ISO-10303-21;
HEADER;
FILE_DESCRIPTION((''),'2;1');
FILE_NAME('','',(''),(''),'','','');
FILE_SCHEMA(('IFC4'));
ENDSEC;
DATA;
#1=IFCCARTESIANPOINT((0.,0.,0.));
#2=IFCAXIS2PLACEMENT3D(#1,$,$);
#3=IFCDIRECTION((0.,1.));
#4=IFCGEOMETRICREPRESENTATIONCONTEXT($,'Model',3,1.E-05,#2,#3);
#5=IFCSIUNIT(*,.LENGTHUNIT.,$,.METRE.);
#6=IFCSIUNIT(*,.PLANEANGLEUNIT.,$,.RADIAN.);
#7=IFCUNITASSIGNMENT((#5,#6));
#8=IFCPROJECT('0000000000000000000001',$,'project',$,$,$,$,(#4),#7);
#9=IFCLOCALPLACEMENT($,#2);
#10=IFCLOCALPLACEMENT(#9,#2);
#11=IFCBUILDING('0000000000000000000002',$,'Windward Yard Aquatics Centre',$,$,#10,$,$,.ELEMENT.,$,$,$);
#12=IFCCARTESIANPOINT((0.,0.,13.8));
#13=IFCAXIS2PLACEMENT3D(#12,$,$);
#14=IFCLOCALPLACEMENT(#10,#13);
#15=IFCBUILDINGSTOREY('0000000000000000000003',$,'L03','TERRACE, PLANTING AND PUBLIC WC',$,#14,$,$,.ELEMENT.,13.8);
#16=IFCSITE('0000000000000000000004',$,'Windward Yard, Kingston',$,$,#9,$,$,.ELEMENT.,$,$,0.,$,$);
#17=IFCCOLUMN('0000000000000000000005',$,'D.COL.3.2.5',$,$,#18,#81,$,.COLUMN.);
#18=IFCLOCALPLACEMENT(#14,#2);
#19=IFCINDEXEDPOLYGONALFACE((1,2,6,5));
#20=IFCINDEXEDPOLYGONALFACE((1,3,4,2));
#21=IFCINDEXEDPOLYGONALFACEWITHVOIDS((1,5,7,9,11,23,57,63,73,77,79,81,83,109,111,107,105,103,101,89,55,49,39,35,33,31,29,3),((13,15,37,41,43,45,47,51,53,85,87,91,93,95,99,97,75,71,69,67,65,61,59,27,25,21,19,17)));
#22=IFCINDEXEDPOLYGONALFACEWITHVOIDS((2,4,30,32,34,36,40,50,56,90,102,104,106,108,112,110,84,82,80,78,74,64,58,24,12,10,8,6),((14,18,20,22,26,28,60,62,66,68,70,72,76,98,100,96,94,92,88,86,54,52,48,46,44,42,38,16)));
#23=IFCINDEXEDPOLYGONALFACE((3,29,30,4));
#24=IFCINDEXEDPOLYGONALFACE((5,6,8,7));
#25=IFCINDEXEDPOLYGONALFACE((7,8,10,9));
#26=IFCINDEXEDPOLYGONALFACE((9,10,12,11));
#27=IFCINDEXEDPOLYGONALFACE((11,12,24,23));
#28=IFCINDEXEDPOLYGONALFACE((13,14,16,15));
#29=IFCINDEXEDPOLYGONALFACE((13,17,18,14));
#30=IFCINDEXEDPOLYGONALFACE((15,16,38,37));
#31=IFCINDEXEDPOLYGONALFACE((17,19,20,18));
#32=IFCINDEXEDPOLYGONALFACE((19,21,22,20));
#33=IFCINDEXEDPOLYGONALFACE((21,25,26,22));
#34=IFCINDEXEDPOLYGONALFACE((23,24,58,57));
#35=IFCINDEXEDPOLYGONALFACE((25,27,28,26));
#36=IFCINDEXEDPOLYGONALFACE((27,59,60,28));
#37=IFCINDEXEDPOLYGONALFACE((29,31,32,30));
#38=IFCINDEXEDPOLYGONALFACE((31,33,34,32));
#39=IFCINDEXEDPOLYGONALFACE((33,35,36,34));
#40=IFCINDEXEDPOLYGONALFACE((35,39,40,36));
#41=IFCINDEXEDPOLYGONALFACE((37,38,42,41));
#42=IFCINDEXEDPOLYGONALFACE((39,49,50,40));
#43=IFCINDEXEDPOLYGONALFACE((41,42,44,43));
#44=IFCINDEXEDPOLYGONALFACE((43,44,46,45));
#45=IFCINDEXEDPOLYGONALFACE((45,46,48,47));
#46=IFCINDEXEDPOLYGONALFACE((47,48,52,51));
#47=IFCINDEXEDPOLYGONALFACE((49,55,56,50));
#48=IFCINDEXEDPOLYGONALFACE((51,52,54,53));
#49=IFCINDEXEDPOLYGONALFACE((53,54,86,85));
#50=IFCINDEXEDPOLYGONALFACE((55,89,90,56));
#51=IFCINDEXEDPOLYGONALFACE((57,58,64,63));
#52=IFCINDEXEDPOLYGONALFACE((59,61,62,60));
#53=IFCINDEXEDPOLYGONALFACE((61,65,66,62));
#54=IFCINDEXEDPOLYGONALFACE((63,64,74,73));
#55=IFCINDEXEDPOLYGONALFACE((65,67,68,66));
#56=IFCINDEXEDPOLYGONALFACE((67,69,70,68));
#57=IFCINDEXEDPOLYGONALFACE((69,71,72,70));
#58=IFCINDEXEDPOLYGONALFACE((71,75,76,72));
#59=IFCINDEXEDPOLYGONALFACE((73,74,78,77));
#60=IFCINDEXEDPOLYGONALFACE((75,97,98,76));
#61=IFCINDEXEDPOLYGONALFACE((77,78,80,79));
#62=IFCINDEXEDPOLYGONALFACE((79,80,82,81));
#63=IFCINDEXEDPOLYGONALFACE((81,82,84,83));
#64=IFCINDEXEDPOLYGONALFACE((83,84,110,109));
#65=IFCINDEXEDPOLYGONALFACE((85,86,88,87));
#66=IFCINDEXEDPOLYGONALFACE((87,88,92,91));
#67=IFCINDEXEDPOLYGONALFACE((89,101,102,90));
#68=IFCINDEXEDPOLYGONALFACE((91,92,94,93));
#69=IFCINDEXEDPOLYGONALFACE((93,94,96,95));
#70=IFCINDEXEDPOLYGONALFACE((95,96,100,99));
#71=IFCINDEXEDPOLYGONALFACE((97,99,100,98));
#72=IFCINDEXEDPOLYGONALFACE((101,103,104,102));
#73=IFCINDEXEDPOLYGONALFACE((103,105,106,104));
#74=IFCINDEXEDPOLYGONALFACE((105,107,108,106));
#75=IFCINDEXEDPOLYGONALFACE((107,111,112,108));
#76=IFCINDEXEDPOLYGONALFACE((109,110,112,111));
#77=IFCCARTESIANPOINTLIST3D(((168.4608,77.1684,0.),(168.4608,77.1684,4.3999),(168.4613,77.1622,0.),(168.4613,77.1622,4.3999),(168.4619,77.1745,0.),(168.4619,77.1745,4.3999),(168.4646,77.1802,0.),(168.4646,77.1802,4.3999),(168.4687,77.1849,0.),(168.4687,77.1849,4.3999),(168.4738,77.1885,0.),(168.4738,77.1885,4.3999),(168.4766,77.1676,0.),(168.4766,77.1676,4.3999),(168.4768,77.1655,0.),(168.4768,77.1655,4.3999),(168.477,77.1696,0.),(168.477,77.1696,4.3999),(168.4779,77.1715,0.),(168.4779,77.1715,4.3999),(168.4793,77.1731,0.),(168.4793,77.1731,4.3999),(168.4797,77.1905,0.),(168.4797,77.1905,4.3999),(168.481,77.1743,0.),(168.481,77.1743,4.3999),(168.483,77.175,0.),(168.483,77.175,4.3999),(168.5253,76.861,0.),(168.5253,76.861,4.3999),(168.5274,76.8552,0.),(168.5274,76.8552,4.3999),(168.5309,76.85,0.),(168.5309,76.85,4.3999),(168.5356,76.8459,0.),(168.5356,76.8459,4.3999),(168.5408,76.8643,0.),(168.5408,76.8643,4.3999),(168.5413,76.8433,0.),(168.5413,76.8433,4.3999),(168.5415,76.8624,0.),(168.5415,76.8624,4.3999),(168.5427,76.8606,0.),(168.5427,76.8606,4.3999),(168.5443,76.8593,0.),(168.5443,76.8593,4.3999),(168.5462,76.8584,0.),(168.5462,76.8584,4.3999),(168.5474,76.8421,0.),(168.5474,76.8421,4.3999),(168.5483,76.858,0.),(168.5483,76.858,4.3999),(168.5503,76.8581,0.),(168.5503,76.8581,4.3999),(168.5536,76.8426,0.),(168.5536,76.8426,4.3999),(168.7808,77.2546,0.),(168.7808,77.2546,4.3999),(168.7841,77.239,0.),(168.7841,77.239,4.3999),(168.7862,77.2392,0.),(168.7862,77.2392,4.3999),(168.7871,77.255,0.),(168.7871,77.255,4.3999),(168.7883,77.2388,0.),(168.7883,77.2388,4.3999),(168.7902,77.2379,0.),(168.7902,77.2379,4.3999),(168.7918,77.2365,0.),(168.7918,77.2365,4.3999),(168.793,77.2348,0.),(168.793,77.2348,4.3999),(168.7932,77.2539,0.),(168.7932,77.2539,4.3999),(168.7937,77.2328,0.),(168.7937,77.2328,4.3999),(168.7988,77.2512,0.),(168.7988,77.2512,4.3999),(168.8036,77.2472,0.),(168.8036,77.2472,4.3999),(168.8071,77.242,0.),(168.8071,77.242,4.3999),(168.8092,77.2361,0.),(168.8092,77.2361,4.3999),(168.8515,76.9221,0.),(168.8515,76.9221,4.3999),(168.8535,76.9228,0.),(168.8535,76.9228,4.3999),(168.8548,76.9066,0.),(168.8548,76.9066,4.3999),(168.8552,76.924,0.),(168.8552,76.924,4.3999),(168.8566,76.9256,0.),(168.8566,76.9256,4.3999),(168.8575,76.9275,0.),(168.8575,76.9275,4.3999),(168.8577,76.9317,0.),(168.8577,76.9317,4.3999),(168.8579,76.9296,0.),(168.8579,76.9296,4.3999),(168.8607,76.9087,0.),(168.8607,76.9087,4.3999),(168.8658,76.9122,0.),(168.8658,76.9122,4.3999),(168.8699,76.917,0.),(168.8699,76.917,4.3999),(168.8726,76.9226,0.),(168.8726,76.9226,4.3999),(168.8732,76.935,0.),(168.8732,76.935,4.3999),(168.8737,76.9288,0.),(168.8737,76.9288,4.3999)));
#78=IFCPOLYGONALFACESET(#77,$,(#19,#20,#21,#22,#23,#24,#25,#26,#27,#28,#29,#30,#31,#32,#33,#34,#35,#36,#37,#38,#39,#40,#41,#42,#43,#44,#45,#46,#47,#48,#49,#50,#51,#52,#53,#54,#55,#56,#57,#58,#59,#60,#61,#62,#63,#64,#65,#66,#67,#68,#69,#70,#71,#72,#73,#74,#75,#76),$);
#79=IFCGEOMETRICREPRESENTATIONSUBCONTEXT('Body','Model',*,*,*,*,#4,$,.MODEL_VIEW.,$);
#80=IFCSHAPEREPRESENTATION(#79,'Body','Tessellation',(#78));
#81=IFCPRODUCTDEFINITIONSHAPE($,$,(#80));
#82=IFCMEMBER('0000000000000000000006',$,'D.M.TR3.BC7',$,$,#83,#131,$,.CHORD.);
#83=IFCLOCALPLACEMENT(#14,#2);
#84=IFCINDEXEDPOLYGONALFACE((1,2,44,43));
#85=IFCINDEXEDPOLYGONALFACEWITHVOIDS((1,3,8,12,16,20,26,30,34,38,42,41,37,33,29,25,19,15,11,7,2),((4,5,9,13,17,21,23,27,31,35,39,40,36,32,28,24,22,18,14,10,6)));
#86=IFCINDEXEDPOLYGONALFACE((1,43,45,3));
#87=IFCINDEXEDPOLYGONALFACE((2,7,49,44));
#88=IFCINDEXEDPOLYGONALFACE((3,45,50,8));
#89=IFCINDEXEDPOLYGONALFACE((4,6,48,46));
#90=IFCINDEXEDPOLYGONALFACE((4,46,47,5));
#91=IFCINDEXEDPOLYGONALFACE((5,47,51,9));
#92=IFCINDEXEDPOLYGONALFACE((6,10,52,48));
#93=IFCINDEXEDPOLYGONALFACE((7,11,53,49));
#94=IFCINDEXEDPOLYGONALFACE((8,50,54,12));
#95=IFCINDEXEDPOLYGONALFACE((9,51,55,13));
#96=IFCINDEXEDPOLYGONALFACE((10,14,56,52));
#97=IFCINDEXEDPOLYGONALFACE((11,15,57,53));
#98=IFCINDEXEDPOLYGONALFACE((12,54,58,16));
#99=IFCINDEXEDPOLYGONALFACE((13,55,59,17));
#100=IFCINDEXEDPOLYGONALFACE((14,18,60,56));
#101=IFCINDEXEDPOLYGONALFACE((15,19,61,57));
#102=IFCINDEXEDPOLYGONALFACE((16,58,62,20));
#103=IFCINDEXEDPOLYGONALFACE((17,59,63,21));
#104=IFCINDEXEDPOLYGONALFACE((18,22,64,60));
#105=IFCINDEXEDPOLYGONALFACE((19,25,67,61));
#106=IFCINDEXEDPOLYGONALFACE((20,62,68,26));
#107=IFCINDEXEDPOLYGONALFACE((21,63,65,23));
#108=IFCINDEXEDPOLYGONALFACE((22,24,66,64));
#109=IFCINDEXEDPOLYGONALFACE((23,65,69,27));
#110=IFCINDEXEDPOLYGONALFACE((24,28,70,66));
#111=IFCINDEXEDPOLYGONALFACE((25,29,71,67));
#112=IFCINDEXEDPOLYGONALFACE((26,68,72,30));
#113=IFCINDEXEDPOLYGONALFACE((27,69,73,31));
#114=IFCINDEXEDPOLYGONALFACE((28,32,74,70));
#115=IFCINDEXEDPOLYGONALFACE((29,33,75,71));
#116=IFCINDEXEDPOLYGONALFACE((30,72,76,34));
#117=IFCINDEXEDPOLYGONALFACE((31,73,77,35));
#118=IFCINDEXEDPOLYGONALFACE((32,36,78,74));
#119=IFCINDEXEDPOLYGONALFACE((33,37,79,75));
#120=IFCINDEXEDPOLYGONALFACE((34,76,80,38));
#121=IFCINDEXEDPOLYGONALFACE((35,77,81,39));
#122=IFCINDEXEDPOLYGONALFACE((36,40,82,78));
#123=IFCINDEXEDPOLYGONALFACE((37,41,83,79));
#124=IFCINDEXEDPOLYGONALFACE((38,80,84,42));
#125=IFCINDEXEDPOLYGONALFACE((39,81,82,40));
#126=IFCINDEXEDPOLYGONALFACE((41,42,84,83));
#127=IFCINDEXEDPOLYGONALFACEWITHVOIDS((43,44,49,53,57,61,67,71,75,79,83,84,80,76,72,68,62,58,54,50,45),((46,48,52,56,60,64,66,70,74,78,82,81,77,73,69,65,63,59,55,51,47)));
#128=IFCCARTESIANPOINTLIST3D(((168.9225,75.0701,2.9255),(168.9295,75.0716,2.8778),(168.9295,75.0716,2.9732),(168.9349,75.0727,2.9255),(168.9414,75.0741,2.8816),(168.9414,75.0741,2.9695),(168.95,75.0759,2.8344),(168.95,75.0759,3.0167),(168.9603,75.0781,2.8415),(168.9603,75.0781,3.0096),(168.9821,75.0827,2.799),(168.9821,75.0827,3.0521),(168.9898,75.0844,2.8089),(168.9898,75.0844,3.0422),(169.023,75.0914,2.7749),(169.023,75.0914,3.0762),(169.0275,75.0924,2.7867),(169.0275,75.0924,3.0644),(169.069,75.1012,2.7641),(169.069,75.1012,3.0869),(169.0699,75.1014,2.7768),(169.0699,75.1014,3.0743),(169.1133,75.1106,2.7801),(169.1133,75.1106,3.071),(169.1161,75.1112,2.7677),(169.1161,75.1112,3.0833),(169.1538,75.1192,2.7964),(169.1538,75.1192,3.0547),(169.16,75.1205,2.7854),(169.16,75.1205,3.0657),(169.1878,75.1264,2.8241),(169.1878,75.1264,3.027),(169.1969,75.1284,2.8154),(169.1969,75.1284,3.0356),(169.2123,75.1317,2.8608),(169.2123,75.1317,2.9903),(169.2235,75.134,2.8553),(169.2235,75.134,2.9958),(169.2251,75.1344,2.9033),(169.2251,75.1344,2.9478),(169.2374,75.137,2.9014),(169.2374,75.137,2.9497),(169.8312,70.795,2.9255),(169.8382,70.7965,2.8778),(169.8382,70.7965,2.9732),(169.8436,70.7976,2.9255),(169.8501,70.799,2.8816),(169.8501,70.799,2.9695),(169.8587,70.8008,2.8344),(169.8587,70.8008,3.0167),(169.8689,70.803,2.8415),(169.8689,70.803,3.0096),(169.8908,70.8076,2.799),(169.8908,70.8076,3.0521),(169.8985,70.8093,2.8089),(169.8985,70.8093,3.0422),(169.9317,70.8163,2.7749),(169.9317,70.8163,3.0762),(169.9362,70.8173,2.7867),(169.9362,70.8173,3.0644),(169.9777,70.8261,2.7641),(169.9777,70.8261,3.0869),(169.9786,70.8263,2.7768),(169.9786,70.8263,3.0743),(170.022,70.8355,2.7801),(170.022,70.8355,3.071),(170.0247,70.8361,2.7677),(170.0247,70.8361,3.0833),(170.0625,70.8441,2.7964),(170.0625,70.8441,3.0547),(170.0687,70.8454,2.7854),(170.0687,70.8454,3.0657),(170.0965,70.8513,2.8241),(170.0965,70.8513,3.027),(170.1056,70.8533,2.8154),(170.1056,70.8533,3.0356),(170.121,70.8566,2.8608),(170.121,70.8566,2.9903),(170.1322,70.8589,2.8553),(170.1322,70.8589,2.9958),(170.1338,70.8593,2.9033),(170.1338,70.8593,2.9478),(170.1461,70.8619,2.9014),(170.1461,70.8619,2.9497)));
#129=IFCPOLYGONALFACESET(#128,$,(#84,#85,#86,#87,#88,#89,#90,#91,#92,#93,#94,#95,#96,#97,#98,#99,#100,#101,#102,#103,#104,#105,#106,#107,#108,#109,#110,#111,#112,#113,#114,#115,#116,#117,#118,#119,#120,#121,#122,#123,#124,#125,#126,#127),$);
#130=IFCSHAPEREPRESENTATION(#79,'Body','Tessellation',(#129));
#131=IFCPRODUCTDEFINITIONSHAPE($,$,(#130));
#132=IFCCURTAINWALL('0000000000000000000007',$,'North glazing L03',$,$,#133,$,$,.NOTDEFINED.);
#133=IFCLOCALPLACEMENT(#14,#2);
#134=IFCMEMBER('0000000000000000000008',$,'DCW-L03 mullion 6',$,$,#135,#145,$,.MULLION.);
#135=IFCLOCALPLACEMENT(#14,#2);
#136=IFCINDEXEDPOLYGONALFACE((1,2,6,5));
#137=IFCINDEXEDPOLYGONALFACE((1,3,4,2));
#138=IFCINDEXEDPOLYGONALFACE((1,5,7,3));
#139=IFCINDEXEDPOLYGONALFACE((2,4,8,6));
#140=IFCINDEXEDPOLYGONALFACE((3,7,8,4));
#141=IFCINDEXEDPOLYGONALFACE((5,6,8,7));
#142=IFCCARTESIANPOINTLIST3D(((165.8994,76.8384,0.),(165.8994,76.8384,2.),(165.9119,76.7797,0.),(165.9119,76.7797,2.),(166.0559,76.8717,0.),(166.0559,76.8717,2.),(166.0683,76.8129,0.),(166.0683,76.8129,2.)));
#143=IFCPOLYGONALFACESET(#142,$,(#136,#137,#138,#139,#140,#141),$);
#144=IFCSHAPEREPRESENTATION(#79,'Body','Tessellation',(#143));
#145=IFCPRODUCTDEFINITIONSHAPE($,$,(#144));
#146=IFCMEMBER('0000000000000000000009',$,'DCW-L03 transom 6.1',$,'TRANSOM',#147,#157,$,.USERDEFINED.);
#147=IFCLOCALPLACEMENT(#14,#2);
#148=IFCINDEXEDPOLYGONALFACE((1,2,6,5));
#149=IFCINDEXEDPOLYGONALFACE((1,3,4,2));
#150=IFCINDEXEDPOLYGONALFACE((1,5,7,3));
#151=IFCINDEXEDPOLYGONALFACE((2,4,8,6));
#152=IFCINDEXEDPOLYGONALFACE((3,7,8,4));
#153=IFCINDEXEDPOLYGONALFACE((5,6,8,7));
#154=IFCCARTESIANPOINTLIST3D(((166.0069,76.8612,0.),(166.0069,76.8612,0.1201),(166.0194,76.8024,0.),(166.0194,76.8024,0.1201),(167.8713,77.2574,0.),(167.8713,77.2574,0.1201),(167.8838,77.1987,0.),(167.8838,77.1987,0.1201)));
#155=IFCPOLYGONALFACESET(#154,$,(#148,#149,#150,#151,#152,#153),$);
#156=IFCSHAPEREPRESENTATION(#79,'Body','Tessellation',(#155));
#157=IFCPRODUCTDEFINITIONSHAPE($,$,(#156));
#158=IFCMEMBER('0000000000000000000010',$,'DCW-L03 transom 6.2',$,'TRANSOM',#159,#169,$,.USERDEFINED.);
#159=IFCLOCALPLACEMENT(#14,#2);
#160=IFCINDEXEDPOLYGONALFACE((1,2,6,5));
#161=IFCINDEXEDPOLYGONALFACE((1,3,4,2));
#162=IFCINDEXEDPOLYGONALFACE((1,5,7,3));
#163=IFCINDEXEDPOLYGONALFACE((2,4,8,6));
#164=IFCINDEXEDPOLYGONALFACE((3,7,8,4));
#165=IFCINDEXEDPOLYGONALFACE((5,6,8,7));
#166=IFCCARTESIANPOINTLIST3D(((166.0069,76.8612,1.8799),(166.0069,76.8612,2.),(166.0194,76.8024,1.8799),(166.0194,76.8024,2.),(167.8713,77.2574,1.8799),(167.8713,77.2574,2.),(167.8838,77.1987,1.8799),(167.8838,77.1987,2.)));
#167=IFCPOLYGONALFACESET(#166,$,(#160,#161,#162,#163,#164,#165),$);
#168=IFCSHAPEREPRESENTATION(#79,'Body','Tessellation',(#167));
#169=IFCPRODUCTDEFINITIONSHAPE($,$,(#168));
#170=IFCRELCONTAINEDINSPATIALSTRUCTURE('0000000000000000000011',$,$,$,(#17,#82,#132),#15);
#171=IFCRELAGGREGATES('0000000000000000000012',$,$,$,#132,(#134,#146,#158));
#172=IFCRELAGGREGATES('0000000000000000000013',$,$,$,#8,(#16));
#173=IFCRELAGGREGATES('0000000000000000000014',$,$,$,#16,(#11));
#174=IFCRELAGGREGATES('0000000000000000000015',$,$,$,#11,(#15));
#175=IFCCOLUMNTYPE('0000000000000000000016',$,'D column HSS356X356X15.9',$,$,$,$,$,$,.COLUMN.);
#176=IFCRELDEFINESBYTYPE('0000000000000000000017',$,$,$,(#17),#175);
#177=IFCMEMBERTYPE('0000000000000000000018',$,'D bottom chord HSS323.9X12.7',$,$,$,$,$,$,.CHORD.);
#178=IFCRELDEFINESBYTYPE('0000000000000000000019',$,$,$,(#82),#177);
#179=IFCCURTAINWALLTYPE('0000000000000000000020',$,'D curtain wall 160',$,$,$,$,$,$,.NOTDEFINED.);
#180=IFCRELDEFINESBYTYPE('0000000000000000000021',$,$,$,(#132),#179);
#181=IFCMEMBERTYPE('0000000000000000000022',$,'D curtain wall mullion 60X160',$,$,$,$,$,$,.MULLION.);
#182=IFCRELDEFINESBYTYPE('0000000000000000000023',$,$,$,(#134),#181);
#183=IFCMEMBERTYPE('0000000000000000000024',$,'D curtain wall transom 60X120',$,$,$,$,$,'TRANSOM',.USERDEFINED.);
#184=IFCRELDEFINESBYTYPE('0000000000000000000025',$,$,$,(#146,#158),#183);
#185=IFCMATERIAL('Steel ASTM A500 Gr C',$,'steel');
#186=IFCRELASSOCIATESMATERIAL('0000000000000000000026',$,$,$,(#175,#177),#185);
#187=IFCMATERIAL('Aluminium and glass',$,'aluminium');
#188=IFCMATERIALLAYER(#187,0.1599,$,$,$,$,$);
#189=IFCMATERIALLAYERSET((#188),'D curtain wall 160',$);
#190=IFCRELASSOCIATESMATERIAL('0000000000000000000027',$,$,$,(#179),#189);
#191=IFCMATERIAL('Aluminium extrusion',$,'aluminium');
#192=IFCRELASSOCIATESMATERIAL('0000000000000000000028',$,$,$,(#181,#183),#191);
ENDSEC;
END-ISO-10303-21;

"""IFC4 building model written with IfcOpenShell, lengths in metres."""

from ifc_helpers import new_model, si_unit, direction, frame, origin, origin_2d, place, context, subcontext, project, spatial, rectangle, hollow_rectangle, hollow_circle, extrude, material, layer, layer_set, material_profile, profile_set, type_object, element, aggregate, save


model = new_model("IFC4")

# Units and contexts
model_context = context("Model", 3, precision=1e-05, world=origin(), true_north=direction((0.0, 1.0)))
body_context = subcontext(model_context, "Body", "Model", "MODEL_VIEW")
ifc_project = project(units=[si_unit("LENGTHUNIT", "METRE"), si_unit("PLANEANGLEUNIT", "RADIAN")], contexts=[model_context])

# Site, building, storey
site_placement = place(None, origin())
site = spatial("IfcSite", under=ifc_project, at=site_placement, Name="Windward Yard, Kingston", CompositionType="ELEMENT", RefElevation=0.0)
building_placement = place(site_placement, origin())
building = spatial("IfcBuilding", under=site, at=building_placement, Name="Windward Yard Aquatics Centre", CompositionType="ELEMENT")
storey_placement = place(building_placement, frame((0.0, 0.0, 13.8)))
storey = spatial("IfcBuildingStorey", under=building, at=storey_placement, Name="L03", Description="TERRACE, PLANTING AND PUBLIC WC", CompositionType="ELEMENT", Elevation=13.8)

# Column
ifc_material_1 = material(Name="Steel ASTM A500 Gr C", Category="steel")
ifc_material_profile_1 = material_profile(ifc_material_1, hollow_rectangle(XDim=0.3557, YDim=0.3557, WallThickness=0.0159, InnerFilletRadius=0.0081, OuterFilletRadius=0.0239, at=origin_2d()), Name="HSS356X356X15.9")
ifc_profile_set_1 = profile_set([ifc_material_profile_1], Name="Steel ASTM A500 Gr C")
column_type = type_object("IfcColumnType", Name="D column HSS356X356X15.9", PredefinedType="COLUMN", material=ifc_profile_set_1)
column_placement = place(storey_placement, frame((168.6672, 77.0486, 0.0), z_axis=(0.0, 0.0, 1.0), x_axis=(0.978148, 0.207912, 0.0)))
element("IfcColumn", 1, at=column_placement, inside=storey, type_object=column_type, Name="D.COL.3.2.5", PredefinedType="COLUMN", context=body_context, shape_type="SweptSolid", body=[
    extrude(hollow_rectangle(XDim=0.3557, YDim=0.3557, WallThickness=0.0159, InnerFilletRadius=0.0081, OuterFilletRadius=0.0239, at=origin_2d()), origin(), (0.0, 0.0, 1.0), 4.3999),
])

# Member
ifc_material_profile_2 = material_profile(ifc_material_1, hollow_circle(Radius=0.1619, WallThickness=0.0127, at=origin_2d()), Name="HSS323.9X12.7")
ifc_profile_set_2 = profile_set([ifc_material_profile_2], Name="Steel ASTM A500 Gr C")
member_type_1 = type_object("IfcMemberType", Name="D bottom chord HSS323.9X12.7", PredefinedType="CHORD", material=ifc_profile_set_2)
member_1_placement = place(storey_placement, frame((169.9895, 70.8286, 2.9255), z_axis=(-0.207908, 0.978148, 0.0), x_axis=(-0.978148, -0.207908, 0.0)))
element("IfcMember", 2, at=member_1_placement, inside=storey, type_object=member_type_1, Name="D.M.TR3.BC7", PredefinedType="CHORD", context=body_context, shape_type="SweptSolid", body=[
    extrude(hollow_circle(Radius=0.1619, WallThickness=0.0127, at=origin_2d()), origin(), (0.0, 0.0, 1.0), 4.3706),
])

# Curtain wall, members
ifc_material_2 = material(Name="Aluminium and glass", Category="aluminium")
ifc_layer_1 = layer(ifc_material_2, 0.1599)
ifc_layer_set_1 = layer_set([ifc_layer_1], Name="D curtain wall 160")
curtain_wall_type = type_object("IfcCurtainWallType", Name="D curtain wall 160", PredefinedType="NOTDEFINED", material=ifc_layer_set_1)
curtain_wall_placement = place(storey_placement, origin())
curtain_wall = element("IfcCurtainWall", 3, at=curtain_wall_placement, inside=storey, type_object=curtain_wall_type, Name="North glazing L03", PredefinedType="NOTDEFINED")
ifc_material_3 = material(Name="Aluminium extrusion", Category="aluminium")
ifc_material_profile_3 = material_profile(ifc_material_3, rectangle(XDim=0.0601, YDim=0.1599, at=origin_2d()), Name="MULLION 60X160")
ifc_profile_set_3 = profile_set([ifc_material_profile_3], Name="Aluminium extrusion")
member_type_2 = type_object("IfcMemberType", Name="D curtain wall mullion 60X160", PredefinedType="MULLION", material=ifc_profile_set_3)
member_2_placement = place(storey_placement, frame((165.9839, 76.8257, 0.0), z_axis=(0.0, 0.0, 1.0), x_axis=(-0.207912, 0.978148, 0.0)))
member_2 = element("IfcMember", 4, at=member_2_placement, type_object=member_type_2, Name="DCW-L03 mullion 6", PredefinedType="MULLION", context=body_context, shape_type="SweptSolid", body=[
    extrude(rectangle(XDim=0.0601, YDim=0.1599, at=origin_2d()), origin(), (0.0, 0.0, 1.0), 2.0),
])
ifc_material_profile_4 = material_profile(ifc_material_3, rectangle(XDim=0.0601, YDim=0.1201, at=origin_2d()), Name="TRANSOM 60X120")
ifc_profile_set_4 = profile_set([ifc_material_profile_4], Name="Aluminium extrusion")
member_type_3 = type_object("IfcMemberType", Name="D curtain wall transom 60X120", ElementType="TRANSOM", PredefinedType="USERDEFINED", material=ifc_profile_set_4)
member_3_placement = place(storey_placement, frame((166.0132, 76.8318, 0.0601), z_axis=(0.97815, 0.207902, 0.0), x_axis=(-0.207902, 0.97815, 0.0)))
member_3 = element("IfcMember", 5, at=member_3_placement, type_object=member_type_3, Name="DCW-L03 transom 6.1", ObjectType="TRANSOM", PredefinedType="USERDEFINED", context=body_context, shape_type="SweptSolid", body=[
    extrude(rectangle(XDim=0.0601, YDim=0.1201, at=origin_2d()), origin(), (0.0, 0.0, 1.0), 1.906),
])
member_4_placement = place(storey_placement, frame((166.0132, 76.8318, 1.9399), z_axis=(0.97815, 0.207902, 0.0), x_axis=(-0.207902, 0.97815, 0.0)))
member_4 = element("IfcMember", 6, at=member_4_placement, type_object=member_type_3, Name="DCW-L03 transom 6.2", ObjectType="TRANSOM", PredefinedType="USERDEFINED", context=body_context, shape_type="SweptSolid", body=[
    extrude(rectangle(XDim=0.0601, YDim=0.1201, at=origin_2d()), origin(), (0.0, 0.0, 1.0), 1.906),
])

aggregate(curtain_wall, [member_2, member_3, member_4])

save(model, "model.ifc")
